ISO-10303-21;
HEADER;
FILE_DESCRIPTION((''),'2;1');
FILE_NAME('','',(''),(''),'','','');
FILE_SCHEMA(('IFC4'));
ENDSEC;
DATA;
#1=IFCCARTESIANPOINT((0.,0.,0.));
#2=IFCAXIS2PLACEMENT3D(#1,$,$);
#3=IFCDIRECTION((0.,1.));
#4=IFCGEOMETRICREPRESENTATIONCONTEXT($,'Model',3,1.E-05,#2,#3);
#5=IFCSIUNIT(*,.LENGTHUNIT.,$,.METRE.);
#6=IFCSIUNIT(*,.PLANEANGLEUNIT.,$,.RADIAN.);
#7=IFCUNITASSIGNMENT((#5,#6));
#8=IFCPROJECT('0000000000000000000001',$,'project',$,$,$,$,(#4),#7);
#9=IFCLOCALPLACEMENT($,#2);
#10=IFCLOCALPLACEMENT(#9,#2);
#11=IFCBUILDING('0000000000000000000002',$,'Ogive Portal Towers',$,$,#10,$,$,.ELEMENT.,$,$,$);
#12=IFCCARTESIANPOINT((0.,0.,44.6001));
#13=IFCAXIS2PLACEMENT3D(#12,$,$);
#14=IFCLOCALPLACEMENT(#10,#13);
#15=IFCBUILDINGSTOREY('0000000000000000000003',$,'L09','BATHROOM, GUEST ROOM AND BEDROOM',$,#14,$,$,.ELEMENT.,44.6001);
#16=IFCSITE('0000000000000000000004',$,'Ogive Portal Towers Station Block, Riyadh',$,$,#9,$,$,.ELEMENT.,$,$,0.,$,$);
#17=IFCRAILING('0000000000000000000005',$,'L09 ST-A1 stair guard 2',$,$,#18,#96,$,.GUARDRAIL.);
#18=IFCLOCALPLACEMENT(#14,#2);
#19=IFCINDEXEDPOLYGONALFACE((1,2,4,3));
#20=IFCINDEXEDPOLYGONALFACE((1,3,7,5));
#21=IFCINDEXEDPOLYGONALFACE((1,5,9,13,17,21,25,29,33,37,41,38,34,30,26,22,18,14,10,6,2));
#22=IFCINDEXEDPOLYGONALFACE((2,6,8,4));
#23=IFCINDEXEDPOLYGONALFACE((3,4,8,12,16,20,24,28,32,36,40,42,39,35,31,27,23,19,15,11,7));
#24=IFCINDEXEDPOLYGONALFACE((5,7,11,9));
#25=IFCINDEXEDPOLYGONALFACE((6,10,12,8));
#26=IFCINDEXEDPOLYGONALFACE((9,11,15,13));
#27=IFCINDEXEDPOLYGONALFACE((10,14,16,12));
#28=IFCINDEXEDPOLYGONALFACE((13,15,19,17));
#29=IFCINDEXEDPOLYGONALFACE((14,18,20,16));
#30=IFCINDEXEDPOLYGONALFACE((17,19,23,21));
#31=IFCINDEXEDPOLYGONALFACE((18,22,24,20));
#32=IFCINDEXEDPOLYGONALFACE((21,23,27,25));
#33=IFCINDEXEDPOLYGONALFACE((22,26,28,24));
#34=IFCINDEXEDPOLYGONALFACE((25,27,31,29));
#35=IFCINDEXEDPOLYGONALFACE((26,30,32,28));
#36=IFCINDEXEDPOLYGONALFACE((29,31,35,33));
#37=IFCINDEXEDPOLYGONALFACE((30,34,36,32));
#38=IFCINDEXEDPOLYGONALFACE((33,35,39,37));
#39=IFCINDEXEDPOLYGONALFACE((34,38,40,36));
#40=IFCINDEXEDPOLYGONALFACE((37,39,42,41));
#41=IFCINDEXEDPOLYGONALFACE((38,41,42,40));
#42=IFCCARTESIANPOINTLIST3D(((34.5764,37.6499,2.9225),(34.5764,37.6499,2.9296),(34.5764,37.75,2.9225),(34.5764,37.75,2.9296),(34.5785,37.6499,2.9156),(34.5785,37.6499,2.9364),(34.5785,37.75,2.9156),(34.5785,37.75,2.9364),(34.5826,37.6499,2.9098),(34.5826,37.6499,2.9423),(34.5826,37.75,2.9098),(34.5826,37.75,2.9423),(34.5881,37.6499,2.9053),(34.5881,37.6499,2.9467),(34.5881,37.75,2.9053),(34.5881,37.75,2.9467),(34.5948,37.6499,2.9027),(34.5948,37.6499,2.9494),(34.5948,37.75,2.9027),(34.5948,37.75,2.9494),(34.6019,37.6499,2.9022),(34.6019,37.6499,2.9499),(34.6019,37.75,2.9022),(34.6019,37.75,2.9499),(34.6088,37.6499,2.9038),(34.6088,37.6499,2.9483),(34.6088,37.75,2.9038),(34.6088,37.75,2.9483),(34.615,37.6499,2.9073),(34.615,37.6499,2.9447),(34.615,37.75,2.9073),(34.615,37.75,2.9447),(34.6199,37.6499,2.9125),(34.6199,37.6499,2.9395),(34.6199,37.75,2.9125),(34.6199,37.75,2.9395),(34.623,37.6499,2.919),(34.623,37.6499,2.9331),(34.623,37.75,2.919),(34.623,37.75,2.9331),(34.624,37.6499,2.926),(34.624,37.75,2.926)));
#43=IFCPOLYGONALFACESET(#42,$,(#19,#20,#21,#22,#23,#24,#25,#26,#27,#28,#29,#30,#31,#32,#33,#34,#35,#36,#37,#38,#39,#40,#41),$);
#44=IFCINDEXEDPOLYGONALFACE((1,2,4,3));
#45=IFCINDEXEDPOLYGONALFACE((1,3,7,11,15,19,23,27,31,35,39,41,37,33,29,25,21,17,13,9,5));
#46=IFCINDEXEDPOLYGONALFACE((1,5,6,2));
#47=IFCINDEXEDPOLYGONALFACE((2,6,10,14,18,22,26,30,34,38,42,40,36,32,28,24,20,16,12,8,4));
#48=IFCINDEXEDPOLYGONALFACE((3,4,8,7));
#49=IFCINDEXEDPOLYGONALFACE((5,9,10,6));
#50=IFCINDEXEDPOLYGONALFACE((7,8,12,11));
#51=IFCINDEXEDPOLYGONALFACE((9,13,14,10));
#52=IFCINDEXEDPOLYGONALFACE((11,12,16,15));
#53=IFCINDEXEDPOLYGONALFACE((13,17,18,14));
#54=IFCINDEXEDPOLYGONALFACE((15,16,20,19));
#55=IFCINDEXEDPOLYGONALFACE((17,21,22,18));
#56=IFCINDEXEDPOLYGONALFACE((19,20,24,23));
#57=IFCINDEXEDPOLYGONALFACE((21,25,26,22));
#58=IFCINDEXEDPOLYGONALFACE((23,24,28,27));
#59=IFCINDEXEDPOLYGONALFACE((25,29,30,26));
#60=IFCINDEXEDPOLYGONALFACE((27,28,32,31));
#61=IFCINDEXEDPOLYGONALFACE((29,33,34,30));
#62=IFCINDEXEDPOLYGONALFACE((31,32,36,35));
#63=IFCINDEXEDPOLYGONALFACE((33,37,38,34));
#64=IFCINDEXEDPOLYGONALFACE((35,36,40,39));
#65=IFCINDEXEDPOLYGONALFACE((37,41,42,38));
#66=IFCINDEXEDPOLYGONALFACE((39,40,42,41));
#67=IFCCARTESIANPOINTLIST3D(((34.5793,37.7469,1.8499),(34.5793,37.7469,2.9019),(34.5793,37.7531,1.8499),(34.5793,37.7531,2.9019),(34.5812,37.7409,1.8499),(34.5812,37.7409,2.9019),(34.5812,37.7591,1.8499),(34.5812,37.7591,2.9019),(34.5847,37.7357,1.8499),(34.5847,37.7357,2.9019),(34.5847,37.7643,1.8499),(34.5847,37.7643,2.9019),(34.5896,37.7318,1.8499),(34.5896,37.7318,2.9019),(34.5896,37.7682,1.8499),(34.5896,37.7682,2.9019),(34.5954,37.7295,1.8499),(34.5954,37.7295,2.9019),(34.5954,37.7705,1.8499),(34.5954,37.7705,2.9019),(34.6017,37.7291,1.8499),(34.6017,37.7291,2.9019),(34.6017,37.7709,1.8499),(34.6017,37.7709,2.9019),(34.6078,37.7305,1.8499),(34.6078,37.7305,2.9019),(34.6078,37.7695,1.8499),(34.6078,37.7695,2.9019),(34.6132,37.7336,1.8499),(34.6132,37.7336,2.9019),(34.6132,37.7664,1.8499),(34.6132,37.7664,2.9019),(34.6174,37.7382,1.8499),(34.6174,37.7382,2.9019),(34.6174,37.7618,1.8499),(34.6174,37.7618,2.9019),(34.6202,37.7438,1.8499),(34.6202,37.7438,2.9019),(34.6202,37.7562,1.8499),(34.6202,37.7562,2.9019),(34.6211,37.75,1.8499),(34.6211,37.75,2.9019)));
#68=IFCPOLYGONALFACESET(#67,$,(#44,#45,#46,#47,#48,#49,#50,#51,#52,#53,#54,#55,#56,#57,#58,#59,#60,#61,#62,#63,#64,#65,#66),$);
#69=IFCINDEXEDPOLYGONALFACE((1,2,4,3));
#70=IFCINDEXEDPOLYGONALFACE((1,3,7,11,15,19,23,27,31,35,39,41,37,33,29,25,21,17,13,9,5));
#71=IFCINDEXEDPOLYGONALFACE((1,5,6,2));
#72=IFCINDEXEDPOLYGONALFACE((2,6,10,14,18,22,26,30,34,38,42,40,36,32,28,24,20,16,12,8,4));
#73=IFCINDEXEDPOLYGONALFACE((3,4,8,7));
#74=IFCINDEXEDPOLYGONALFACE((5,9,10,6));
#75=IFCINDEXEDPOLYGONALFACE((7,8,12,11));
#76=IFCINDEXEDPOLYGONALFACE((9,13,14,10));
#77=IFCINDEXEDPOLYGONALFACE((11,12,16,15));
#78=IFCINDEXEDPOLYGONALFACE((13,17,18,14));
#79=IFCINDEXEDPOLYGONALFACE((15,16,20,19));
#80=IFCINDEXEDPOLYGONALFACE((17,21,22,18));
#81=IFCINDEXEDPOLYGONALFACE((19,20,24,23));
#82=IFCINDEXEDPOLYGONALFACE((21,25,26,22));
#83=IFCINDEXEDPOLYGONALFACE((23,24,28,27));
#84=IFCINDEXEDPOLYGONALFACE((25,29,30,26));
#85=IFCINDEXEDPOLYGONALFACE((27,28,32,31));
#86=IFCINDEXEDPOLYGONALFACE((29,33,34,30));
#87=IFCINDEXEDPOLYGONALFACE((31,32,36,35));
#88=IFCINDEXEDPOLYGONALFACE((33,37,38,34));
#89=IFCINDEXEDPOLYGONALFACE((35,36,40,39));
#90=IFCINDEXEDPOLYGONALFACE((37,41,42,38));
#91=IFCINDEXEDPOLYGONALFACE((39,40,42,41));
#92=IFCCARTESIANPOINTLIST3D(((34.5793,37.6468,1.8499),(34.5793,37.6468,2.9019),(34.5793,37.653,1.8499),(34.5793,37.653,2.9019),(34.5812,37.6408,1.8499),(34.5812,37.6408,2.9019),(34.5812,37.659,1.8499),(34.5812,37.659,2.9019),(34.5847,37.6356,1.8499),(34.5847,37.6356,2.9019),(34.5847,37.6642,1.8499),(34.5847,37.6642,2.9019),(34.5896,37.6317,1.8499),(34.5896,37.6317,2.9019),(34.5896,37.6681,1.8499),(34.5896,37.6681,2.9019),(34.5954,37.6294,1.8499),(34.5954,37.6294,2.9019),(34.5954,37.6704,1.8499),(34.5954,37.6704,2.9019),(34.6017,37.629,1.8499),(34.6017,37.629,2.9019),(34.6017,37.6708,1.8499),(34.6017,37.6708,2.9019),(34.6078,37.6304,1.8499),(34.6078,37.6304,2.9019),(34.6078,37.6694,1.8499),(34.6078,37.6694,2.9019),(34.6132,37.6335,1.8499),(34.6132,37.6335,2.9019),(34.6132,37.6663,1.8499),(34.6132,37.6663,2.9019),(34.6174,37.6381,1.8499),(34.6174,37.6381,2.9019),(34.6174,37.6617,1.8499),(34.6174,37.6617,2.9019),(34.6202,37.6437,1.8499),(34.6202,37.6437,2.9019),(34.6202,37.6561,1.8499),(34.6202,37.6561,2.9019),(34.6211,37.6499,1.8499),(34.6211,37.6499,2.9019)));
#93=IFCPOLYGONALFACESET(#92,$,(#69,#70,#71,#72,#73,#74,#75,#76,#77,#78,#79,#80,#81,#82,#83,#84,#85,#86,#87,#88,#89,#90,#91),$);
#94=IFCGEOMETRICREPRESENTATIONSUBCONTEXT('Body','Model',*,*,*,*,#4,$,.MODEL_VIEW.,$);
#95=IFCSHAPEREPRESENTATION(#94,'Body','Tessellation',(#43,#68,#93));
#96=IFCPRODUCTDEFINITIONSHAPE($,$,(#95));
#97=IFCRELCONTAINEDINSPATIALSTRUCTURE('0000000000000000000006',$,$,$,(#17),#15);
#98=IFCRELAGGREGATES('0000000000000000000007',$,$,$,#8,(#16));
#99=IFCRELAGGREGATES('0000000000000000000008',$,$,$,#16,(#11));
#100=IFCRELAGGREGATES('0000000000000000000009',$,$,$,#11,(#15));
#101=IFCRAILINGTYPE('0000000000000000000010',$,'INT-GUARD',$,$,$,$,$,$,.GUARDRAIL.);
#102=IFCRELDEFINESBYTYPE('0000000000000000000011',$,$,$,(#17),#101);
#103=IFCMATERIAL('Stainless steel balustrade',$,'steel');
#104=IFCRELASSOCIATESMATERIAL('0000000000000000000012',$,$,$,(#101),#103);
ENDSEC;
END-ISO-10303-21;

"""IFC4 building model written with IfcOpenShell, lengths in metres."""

from ifc_helpers import new_model, si_unit, direction, frame, origin, origin_2d, place, context, subcontext, project, spatial, circle, extrude, material, type_object, element, save


model = new_model("IFC4")

# Units and contexts
model_context = context("Model", 3, precision=1e-05, world=origin(), true_north=direction((0.0, 1.0)))
body_context = subcontext(model_context, "Body", "Model", "MODEL_VIEW")
ifc_project = project(units=[si_unit("LENGTHUNIT", "METRE"), si_unit("PLANEANGLEUNIT", "RADIAN")], contexts=[model_context])

# Site, building, storey
site_placement = place(None, origin())
site = spatial("IfcSite", under=ifc_project, at=site_placement, Name="Ogive Portal Towers Station Block, Riyadh", CompositionType="ELEMENT", RefElevation=0.0)
building_placement = place(site_placement, origin())
building = spatial("IfcBuilding", under=site, at=building_placement, Name="Ogive Portal Towers", CompositionType="ELEMENT")
storey_placement = place(building_placement, frame((0.0, 0.0, 44.6001)))
storey = spatial("IfcBuildingStorey", under=building, at=storey_placement, Name="L09", Description="BATHROOM, GUEST ROOM AND BEDROOM", CompositionType="ELEMENT", Elevation=44.6001)

# Railing
ifc_material_1 = material(Name="Stainless steel balustrade", Category="steel")
railing_type_1 = type_object("IfcRailingType", Name="INT-GUARD", PredefinedType="GUARDRAIL", material=ifc_material_1)
railing_1_placement = place(storey_placement, frame((34.6001, 37.75, 1.8499)))
element("IfcRailing", 1, at=railing_1_placement, inside=storey, type_object=railing_type_1, Name="L09 ST-A1 stair guard 2", PredefinedType="GUARDRAIL", context=body_context, shape_type="SweptSolid", body=[
    extrude(circle(Radius=0.0239, at=origin_2d()), frame((0.0, 0.0, 1.0762), z_axis=(0.0, -1.0, 0.0), x_axis=(1.0, 0.0, 0.0)), (0.0, 0.0, 1.0), 0.1001),
    extrude(circle(Radius=0.021, at=origin_2d()), origin(), (0.0, 0.0, 1.0), 1.052),
    extrude(circle(Radius=0.021, at=origin_2d()), frame((0.0, -0.1001, 0.0)), (0.0, 0.0, 1.0), 1.052),
])

save(model, "model.ifc")
